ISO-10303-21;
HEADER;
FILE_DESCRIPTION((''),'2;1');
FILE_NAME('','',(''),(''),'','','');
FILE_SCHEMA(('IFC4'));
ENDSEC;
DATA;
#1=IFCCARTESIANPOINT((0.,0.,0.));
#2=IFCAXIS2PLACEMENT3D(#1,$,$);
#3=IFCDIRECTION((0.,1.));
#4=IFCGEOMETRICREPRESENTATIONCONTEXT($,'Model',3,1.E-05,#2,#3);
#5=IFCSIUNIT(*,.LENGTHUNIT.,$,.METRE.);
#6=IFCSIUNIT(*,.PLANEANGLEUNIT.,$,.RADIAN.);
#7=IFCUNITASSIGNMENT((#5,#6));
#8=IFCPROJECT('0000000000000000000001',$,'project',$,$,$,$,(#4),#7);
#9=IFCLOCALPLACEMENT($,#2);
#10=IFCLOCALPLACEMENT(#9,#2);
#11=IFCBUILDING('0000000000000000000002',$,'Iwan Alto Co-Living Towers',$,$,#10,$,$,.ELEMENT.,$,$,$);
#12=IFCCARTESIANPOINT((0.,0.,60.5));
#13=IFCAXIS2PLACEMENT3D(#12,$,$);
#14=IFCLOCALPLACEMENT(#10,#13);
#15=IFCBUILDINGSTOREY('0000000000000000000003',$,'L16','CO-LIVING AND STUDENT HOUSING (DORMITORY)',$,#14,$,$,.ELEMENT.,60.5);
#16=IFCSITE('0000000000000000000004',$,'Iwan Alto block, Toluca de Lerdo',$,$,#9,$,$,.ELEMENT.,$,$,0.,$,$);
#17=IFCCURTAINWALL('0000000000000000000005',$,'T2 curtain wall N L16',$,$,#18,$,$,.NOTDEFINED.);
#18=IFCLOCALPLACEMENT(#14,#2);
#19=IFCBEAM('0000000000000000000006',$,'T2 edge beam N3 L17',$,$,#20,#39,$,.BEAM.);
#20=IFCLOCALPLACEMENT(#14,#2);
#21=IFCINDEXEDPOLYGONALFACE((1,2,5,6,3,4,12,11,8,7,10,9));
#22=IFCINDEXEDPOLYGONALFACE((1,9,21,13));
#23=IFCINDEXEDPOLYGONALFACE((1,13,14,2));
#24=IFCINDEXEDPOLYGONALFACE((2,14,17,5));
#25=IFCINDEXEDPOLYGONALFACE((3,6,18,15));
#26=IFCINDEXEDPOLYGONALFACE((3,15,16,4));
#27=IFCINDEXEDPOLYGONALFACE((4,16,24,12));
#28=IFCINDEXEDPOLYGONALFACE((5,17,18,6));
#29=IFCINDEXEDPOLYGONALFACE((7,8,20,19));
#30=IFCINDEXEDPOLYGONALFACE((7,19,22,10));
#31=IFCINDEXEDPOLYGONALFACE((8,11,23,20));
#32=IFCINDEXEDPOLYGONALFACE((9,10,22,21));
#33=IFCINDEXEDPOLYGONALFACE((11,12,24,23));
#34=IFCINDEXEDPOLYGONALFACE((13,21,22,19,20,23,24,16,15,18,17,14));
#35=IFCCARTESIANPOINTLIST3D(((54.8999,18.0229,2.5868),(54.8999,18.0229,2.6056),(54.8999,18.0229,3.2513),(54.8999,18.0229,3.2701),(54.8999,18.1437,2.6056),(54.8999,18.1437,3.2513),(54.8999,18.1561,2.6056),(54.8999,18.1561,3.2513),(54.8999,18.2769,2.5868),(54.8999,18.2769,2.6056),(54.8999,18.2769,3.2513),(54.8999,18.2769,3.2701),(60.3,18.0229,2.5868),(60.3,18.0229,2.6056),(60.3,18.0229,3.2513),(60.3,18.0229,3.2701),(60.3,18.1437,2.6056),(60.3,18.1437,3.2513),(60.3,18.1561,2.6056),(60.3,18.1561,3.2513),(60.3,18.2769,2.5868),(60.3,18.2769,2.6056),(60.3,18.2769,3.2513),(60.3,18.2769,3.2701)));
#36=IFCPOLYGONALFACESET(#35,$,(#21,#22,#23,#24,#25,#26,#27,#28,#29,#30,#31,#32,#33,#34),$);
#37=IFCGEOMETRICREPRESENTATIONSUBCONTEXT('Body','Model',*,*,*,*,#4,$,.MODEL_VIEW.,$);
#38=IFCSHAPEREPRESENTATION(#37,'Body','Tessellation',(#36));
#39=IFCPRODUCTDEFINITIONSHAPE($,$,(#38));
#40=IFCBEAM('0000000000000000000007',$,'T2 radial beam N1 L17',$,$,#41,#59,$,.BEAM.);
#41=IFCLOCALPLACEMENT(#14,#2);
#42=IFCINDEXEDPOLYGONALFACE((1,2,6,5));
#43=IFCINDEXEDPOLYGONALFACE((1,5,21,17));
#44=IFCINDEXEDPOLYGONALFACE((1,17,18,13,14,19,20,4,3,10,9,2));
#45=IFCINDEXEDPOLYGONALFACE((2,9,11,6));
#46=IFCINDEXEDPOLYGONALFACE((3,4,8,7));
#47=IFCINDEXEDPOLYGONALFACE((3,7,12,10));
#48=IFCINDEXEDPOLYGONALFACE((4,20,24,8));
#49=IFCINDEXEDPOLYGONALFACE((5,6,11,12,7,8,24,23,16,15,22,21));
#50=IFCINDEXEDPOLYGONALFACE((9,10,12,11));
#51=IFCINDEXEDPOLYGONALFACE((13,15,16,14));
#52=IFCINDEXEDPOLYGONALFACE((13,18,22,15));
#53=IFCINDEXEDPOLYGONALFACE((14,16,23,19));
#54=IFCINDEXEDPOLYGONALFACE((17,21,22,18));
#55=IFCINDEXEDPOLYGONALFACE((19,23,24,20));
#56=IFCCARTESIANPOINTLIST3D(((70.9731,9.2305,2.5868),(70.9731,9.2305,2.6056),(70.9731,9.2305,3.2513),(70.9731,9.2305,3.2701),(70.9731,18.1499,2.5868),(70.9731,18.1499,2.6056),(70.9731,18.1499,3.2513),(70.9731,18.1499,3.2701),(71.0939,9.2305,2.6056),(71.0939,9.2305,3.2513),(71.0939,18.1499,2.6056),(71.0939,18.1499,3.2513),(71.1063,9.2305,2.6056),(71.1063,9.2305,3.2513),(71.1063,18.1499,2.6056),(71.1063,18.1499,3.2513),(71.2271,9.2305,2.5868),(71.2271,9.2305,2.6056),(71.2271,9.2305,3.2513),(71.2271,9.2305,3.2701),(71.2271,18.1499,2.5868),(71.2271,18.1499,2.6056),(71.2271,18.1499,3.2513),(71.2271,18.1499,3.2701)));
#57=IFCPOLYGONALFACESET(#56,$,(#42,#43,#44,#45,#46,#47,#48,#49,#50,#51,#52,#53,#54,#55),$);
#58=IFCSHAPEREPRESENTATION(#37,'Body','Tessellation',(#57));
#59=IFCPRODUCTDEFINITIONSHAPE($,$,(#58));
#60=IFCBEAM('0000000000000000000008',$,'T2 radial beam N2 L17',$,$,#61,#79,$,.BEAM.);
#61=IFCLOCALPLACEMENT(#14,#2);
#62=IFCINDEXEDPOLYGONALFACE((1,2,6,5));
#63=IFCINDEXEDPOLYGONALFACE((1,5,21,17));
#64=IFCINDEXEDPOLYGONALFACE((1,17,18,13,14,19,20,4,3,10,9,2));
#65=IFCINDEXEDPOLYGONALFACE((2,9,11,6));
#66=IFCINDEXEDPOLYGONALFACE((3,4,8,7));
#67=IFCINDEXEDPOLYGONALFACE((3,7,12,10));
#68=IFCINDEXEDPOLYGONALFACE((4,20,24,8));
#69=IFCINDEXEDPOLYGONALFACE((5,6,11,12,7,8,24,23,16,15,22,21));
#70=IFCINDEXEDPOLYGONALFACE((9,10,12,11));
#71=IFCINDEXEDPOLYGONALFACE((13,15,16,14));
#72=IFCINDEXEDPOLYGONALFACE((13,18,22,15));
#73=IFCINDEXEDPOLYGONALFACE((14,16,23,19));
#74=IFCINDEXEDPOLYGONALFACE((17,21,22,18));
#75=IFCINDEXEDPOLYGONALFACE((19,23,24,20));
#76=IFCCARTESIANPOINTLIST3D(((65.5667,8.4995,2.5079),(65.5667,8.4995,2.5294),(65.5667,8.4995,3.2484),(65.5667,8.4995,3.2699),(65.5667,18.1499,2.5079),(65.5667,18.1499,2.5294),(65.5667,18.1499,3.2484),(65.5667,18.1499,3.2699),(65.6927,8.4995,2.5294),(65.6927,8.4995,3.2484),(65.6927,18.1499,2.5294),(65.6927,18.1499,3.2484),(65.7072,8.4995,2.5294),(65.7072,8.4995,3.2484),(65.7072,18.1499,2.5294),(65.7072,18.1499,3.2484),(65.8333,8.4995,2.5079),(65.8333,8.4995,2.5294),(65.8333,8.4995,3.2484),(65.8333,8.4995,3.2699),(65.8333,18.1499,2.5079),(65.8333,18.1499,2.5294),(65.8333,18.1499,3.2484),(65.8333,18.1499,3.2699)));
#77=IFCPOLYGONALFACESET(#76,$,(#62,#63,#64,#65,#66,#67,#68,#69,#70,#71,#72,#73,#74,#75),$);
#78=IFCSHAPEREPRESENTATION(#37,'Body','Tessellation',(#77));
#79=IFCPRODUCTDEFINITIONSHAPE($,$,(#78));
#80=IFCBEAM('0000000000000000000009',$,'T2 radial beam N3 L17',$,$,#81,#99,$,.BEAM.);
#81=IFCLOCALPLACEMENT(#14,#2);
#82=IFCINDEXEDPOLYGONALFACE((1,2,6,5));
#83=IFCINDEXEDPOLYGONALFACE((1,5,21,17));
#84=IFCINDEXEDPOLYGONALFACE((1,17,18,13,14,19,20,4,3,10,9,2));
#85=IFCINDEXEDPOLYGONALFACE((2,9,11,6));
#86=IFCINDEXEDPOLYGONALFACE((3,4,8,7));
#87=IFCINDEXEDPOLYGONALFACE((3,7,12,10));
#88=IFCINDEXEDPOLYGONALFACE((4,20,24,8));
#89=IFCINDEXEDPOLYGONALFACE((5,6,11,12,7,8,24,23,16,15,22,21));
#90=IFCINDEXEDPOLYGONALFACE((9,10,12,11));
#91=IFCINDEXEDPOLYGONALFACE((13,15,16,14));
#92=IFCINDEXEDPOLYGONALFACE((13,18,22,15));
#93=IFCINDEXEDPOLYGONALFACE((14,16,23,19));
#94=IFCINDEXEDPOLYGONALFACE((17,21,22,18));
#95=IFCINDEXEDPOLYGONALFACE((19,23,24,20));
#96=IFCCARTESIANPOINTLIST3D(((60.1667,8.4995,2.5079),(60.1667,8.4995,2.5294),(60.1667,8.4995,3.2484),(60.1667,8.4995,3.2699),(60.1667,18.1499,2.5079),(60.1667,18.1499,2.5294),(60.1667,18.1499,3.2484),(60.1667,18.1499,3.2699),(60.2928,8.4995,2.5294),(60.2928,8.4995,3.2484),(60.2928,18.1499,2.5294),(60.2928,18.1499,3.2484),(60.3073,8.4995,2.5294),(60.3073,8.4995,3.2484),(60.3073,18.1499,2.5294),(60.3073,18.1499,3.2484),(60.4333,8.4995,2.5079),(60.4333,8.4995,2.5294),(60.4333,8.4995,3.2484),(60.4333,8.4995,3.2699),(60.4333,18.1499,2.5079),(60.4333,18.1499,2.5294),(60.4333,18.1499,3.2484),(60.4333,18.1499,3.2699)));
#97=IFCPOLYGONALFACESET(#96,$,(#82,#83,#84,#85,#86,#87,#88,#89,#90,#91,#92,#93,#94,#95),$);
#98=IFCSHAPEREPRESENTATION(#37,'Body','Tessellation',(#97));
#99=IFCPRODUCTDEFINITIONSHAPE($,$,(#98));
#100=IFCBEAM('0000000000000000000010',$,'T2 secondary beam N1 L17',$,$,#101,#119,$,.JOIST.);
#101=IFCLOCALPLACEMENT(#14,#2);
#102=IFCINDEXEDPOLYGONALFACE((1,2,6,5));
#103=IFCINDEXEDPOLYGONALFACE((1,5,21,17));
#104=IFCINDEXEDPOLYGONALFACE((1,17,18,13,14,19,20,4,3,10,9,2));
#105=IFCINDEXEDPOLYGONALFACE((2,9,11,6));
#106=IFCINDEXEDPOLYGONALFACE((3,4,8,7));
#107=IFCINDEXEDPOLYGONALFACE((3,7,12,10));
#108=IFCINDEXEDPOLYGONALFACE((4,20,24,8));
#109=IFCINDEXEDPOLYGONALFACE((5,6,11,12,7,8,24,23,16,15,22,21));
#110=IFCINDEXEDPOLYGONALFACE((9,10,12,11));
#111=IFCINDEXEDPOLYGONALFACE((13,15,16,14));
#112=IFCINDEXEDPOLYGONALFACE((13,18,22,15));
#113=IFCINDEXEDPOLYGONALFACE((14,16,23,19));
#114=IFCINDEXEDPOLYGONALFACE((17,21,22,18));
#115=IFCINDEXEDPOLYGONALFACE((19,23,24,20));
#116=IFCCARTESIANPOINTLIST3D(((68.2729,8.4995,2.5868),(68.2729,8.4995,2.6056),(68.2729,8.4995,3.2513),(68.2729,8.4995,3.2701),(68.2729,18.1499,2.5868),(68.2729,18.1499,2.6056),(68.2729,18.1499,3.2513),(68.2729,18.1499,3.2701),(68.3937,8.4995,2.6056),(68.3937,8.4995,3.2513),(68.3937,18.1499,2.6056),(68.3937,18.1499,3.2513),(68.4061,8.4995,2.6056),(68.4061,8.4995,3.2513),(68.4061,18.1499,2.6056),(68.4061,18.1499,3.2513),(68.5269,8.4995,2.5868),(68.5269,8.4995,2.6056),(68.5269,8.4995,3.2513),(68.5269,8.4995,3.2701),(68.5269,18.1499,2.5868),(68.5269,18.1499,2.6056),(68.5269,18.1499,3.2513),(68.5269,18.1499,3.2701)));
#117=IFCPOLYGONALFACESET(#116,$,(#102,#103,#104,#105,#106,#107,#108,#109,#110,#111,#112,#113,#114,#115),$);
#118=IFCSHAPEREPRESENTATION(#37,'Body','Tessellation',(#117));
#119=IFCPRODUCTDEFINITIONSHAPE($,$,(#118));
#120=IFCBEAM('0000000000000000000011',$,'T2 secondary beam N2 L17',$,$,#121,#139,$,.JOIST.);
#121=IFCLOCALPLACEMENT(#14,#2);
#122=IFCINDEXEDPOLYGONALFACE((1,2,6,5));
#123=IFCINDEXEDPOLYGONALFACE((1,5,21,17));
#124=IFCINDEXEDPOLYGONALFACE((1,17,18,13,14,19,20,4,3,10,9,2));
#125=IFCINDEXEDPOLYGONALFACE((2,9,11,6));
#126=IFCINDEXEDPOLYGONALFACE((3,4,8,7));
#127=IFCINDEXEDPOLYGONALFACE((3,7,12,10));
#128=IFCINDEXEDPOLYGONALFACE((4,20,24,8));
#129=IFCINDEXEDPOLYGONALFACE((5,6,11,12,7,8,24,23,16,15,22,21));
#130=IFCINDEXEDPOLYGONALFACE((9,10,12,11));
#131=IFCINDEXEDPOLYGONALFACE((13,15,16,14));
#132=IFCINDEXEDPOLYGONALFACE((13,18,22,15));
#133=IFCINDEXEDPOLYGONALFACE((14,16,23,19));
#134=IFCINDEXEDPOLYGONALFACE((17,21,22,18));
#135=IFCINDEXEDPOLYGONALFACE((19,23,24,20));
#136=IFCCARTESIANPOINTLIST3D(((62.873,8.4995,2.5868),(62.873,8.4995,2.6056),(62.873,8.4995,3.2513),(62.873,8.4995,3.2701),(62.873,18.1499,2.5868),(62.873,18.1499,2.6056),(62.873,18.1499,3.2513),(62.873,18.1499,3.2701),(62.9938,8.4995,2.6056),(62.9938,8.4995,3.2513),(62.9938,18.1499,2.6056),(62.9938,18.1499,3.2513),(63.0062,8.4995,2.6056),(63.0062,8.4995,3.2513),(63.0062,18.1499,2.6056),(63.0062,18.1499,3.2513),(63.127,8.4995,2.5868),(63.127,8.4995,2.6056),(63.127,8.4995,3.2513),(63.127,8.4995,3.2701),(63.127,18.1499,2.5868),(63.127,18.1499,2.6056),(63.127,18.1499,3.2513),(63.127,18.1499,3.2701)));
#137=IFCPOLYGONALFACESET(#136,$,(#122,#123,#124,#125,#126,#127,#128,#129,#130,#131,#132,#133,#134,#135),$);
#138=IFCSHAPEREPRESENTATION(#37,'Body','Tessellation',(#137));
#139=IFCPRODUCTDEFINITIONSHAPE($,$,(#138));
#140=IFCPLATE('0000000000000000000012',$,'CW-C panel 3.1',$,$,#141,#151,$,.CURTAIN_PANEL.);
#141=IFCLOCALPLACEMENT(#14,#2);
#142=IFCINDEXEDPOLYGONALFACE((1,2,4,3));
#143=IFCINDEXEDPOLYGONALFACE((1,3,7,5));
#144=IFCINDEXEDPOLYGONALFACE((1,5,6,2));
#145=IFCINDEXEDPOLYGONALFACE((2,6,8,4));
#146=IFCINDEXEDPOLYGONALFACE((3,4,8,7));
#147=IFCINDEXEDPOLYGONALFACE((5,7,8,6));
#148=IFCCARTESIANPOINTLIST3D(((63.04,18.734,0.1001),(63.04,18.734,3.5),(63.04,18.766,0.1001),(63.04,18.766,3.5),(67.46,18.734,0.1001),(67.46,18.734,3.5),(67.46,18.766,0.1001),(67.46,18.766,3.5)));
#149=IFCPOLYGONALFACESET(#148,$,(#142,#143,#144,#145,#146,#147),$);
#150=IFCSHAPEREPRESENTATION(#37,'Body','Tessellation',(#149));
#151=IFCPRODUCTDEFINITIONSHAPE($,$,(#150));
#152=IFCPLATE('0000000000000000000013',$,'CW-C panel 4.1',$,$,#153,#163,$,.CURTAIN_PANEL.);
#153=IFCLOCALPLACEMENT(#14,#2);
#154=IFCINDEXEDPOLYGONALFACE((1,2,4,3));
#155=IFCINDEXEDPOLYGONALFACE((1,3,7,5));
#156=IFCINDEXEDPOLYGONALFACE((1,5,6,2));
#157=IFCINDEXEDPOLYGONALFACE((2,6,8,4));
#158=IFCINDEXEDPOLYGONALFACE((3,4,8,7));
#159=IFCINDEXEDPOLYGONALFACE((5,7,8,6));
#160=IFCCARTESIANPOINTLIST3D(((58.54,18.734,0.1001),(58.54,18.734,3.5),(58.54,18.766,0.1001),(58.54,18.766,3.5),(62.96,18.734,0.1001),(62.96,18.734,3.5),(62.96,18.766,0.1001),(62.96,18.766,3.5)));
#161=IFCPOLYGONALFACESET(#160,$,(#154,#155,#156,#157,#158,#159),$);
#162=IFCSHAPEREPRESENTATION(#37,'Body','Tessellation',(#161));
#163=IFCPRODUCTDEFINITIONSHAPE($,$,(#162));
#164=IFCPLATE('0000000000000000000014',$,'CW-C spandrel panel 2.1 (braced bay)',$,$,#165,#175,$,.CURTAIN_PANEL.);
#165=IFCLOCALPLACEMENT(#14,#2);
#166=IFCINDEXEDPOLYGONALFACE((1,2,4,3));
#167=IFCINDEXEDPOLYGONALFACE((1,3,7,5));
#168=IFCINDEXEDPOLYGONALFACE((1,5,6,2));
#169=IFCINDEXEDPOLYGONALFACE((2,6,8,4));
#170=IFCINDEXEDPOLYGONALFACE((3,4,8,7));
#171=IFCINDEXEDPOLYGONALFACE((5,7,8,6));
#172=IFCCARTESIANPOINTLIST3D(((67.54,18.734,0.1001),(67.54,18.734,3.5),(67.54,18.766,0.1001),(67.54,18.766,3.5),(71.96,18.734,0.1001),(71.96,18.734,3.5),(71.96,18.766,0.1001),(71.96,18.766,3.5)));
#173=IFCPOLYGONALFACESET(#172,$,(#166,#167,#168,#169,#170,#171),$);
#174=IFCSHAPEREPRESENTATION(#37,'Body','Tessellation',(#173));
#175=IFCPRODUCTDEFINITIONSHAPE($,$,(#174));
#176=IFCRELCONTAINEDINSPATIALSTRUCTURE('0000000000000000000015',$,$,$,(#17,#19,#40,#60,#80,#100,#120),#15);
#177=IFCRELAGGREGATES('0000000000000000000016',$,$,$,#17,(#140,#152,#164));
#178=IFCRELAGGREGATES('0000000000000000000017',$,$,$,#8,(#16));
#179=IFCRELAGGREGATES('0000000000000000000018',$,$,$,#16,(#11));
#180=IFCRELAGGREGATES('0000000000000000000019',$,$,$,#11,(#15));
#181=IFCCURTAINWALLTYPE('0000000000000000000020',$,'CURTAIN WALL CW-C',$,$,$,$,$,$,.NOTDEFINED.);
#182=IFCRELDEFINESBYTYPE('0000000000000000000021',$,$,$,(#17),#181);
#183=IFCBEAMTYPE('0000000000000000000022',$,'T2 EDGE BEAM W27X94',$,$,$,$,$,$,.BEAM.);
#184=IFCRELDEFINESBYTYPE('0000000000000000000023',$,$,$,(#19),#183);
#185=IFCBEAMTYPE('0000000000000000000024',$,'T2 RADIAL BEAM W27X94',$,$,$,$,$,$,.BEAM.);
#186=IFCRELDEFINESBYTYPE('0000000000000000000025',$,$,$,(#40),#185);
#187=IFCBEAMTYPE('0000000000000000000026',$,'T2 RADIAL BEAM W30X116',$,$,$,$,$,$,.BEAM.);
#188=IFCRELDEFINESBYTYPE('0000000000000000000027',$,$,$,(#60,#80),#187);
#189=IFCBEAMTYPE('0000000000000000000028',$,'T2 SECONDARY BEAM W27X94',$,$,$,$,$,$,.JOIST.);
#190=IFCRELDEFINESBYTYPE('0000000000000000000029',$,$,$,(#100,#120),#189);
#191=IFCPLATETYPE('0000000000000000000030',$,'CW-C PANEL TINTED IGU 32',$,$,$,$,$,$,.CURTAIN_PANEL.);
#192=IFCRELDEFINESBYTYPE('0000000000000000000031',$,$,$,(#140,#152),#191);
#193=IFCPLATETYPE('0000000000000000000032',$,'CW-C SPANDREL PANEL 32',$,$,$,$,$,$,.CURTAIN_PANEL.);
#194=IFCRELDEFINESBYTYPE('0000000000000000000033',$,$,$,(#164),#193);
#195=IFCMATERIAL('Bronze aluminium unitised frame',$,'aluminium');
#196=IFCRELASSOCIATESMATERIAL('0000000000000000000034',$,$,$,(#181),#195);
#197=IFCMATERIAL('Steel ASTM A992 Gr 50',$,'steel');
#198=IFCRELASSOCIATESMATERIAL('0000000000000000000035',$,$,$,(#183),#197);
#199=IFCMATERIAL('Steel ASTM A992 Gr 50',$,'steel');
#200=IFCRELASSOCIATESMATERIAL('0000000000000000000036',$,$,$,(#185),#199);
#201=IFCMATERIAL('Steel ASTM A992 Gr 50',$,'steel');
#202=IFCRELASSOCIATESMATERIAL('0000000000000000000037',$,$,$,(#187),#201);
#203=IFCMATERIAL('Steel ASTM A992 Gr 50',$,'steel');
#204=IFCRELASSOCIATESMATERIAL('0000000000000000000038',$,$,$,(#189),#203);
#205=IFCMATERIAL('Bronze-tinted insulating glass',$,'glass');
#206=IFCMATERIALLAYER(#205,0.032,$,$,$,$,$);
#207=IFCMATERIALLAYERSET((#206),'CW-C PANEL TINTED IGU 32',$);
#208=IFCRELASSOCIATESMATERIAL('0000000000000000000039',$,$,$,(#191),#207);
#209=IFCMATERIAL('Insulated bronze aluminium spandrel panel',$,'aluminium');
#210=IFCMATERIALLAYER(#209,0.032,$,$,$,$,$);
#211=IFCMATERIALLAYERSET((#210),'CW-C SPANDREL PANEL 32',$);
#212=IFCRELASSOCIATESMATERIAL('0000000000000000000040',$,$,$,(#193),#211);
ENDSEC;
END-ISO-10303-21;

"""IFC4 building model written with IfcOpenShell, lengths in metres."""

from ifc_helpers import new_model, si_unit, direction, frame, origin, origin_2d, place, context, subcontext, project, spatial, rectangle, i_section, extrude, material, layer, layer_set, material_profile, profile_set, type_object, element, aggregate, save


model = new_model("IFC4")

# Units and contexts
model_context = context("Model", 3, precision=1e-05, world=origin(), true_north=direction((0.0, 1.0)))
body_context = subcontext(model_context, "Body", "Model", "MODEL_VIEW")
ifc_project = project(units=[si_unit("LENGTHUNIT", "METRE"), si_unit("PLANEANGLEUNIT", "RADIAN")], contexts=[model_context])

# Site, building, storey
site_placement = place(None, origin())
site = spatial("IfcSite", under=ifc_project, at=site_placement, Name="Iwan Alto block, Toluca de Lerdo", CompositionType="ELEMENT", RefElevation=0.0)
building_placement = place(site_placement, origin())
building = spatial("IfcBuilding", under=site, at=building_placement, Name="Iwan Alto Co-Living Towers", CompositionType="ELEMENT")
storey_placement = place(building_placement, frame((0.0, 0.0, 60.5)))
storey = spatial("IfcBuildingStorey", under=building, at=storey_placement, Name="L16", Description="CO-LIVING AND STUDENT HOUSING (DORMITORY)", CompositionType="ELEMENT", Elevation=60.5)

# Curtain wall
ifc_material_1 = material(Name="Bronze aluminium unitised frame", Category="aluminium")
curtain_wall_type = type_object("IfcCurtainWallType", Name="CURTAIN WALL CW-C", PredefinedType="NOTDEFINED", material=ifc_material_1)
curtain_wall_placement = place(storey_placement, origin())
curtain_wall = element("IfcCurtainWall", 1, at=curtain_wall_placement, inside=storey, type_object=curtain_wall_type, Name="T2 curtain wall N L16", PredefinedType="NOTDEFINED")

# Beams
ifc_material_2 = material(Name="Steel ASTM A992 Gr 50", Category="steel")
ifc_material_profile_1 = material_profile(ifc_material_2, i_section(OverallWidth=0.2539, OverallDepth=0.6833, WebThickness=0.0125, FlangeThickness=0.0188, at=origin_2d()), Name="W27X94")
ifc_profile_set_1 = profile_set([ifc_material_profile_1], Name="Steel ASTM A992 Gr 50")
beam_type_1 = type_object("IfcBeamType", Name="T2 EDGE BEAM W27X94", PredefinedType="BEAM", material=ifc_profile_set_1)
beam_1_placement = place(storey_placement, frame((60.3, 18.1499, 2.9285), z_axis=(-1.0, 0.0, 0.0), x_axis=(0.0, -1.0, 0.0)))
element("IfcBeam", 2, at=beam_1_placement, inside=storey, type_object=beam_type_1, Name="T2 edge beam N3 L17", PredefinedType="BEAM", context=body_context, shape_type="SweptSolid", body=[
    extrude(i_section(OverallWidth=0.2539, OverallDepth=0.6833, WebThickness=0.0125, FlangeThickness=0.0188, at=origin_2d()), origin(), (0.0, 0.0, 1.0), 5.4001),
])
ifc_material_3 = material(Name="Steel ASTM A992 Gr 50", Category="steel")
ifc_material_profile_2 = material_profile(ifc_material_3, i_section(OverallWidth=0.2539, OverallDepth=0.6833, WebThickness=0.0125, FlangeThickness=0.0188, at=origin_2d()), Name="W27X94")
ifc_profile_set_2 = profile_set([ifc_material_profile_2], Name="Steel ASTM A992 Gr 50")
beam_type_2 = type_object("IfcBeamType", Name="T2 RADIAL BEAM W27X94", PredefinedType="BEAM", material=ifc_profile_set_2)
beam_2_placement = place(storey_placement, frame((71.1001, 18.1499, 2.9285), z_axis=(0.0, -1.0, 0.0), x_axis=(1.0, 0.0, 0.0)))
element("IfcBeam", 3, at=beam_2_placement, inside=storey, type_object=beam_type_2, Name="T2 radial beam N1 L17", PredefinedType="BEAM", context=body_context, shape_type="SweptSolid", body=[
    extrude(i_section(OverallWidth=0.2539, OverallDepth=0.6833, WebThickness=0.0125, FlangeThickness=0.0188, at=origin_2d()), origin(), (0.0, 0.0, 1.0), 8.9194),
])
ifc_material_4 = material(Name="Steel ASTM A992 Gr 50", Category="steel")
ifc_material_profile_3 = material_profile(ifc_material_4, i_section(OverallWidth=0.2666, OverallDepth=0.762, WebThickness=0.0144, FlangeThickness=0.0215, at=origin_2d()), Name="W30X116")
ifc_profile_set_3 = profile_set([ifc_material_profile_3], Name="Steel ASTM A992 Gr 50")
beam_type_3 = type_object("IfcBeamType", Name="T2 RADIAL BEAM W30X116", PredefinedType="BEAM", material=ifc_profile_set_3)
for number, where, z_axis, x_axis, name in (
    (4, (65.7, 18.1499, 2.8889), (0.0, -1.0, 0.0), (1.0, 0.0, 0.0), "T2 radial beam N2 L17"),
    (5, (60.3, 18.1499, 2.8889), (0.0, -1.0, 0.0), (1.0, 0.0, 0.0), "T2 radial beam N3 L17"),
):
    element("IfcBeam", number, at=place(storey_placement, frame(where, z_axis=z_axis, x_axis=x_axis)), inside=storey, type_object=beam_type_3, Name=name, PredefinedType="BEAM", context=body_context, shape_type="SweptSolid", body=[
        extrude(i_section(OverallWidth=0.2666, OverallDepth=0.762, WebThickness=0.0144, FlangeThickness=0.0215, at=origin_2d()), origin(), (0.0, 0.0, 1.0), 9.6504),
    ])
ifc_material_5 = material(Name="Steel ASTM A992 Gr 50", Category="steel")
ifc_material_profile_4 = material_profile(ifc_material_5, i_section(OverallWidth=0.2539, OverallDepth=0.6833, WebThickness=0.0125, FlangeThickness=0.0188, at=origin_2d()), Name="W27X94")
ifc_profile_set_4 = profile_set([ifc_material_profile_4], Name="Steel ASTM A992 Gr 50")
beam_type_4 = type_object("IfcBeamType", Name="T2 SECONDARY BEAM W27X94", PredefinedType="JOIST", material=ifc_profile_set_4)
for number, where, z_axis, x_axis, name in (
    (6, (68.3999, 18.1499, 2.9285), (0.0, -1.0, 0.0), (1.0, 0.0, 0.0), "T2 secondary beam N1 L17"),
    (7, (63.0, 18.1499, 2.9285), (0.0, -1.0, 0.0), (1.0, 0.0, 0.0), "T2 secondary beam N2 L17"),
):
    element("IfcBeam", number, at=place(storey_placement, frame(where, z_axis=z_axis, x_axis=x_axis)), inside=storey, type_object=beam_type_4, Name=name, PredefinedType="JOIST", context=body_context, shape_type="SweptSolid", body=[
        extrude(i_section(OverallWidth=0.2539, OverallDepth=0.6833, WebThickness=0.0125, FlangeThickness=0.0188, at=origin_2d()), origin(), (0.0, 0.0, 1.0), 9.6504),
    ])

# Plates
ifc_material_6 = material(Name="Bronze-tinted insulating glass", Category="glass")
ifc_layer_1 = layer(ifc_material_6, 0.032)
ifc_layer_set_1 = layer_set([ifc_layer_1], Name="CW-C PANEL TINTED IGU 32")
plate_type_1 = type_object("IfcPlateType", Name="CW-C PANEL TINTED IGU 32", PredefinedType="CURTAIN_PANEL", material=ifc_layer_set_1)
plate_1_placement = place(storey_placement, frame((65.25, 18.75, 0.1001), z_axis=(0.0, 0.0, 1.0), x_axis=(-1.0, 0.0, 0.0)))
plate_1 = element("IfcPlate", 8, at=plate_1_placement, type_object=plate_type_1, Name="CW-C panel 3.1", PredefinedType="CURTAIN_PANEL", context=body_context, shape_type="SweptSolid", body=[
    extrude(rectangle(XDim=4.4199, YDim=0.032, at=origin_2d()), origin(), (0.0, 0.0, 1.0), 3.3999),
])
plate_2_placement = place(storey_placement, frame((60.75, 18.75, 0.1001), z_axis=(0.0, 0.0, 1.0), x_axis=(-1.0, 0.0, 0.0)))
plate_2 = element("IfcPlate", 9, at=plate_2_placement, type_object=plate_type_1, Name="CW-C panel 4.1", PredefinedType="CURTAIN_PANEL", context=body_context, shape_type="SweptSolid", body=[
    extrude(rectangle(XDim=4.4199, YDim=0.032, at=origin_2d()), origin(), (0.0, 0.0, 1.0), 3.3999),
])
ifc_material_7 = material(Name="Insulated bronze aluminium spandrel panel", Category="aluminium")
ifc_layer_2 = layer(ifc_material_7, 0.032)
ifc_layer_set_2 = layer_set([ifc_layer_2], Name="CW-C SPANDREL PANEL 32")
plate_type_2 = type_object("IfcPlateType", Name="CW-C SPANDREL PANEL 32", PredefinedType="CURTAIN_PANEL", material=ifc_layer_set_2)
plate_3_placement = place(storey_placement, frame((69.75, 18.75, 0.1001), z_axis=(0.0, 0.0, 1.0), x_axis=(-1.0, 0.0, 0.0)))
plate_3 = element("IfcPlate", 10, at=plate_3_placement, type_object=plate_type_2, Name="CW-C spandrel panel 2.1 (braced bay)", PredefinedType="CURTAIN_PANEL", context=body_context, shape_type="SweptSolid", body=[
    extrude(rectangle(XDim=4.4199, YDim=0.032, at=origin_2d()), origin(), (0.0, 0.0, 1.0), 3.3999),
])
aggregate(curtain_wall, [plate_1, plate_2, plate_3])

save(model, "model.ifc")
